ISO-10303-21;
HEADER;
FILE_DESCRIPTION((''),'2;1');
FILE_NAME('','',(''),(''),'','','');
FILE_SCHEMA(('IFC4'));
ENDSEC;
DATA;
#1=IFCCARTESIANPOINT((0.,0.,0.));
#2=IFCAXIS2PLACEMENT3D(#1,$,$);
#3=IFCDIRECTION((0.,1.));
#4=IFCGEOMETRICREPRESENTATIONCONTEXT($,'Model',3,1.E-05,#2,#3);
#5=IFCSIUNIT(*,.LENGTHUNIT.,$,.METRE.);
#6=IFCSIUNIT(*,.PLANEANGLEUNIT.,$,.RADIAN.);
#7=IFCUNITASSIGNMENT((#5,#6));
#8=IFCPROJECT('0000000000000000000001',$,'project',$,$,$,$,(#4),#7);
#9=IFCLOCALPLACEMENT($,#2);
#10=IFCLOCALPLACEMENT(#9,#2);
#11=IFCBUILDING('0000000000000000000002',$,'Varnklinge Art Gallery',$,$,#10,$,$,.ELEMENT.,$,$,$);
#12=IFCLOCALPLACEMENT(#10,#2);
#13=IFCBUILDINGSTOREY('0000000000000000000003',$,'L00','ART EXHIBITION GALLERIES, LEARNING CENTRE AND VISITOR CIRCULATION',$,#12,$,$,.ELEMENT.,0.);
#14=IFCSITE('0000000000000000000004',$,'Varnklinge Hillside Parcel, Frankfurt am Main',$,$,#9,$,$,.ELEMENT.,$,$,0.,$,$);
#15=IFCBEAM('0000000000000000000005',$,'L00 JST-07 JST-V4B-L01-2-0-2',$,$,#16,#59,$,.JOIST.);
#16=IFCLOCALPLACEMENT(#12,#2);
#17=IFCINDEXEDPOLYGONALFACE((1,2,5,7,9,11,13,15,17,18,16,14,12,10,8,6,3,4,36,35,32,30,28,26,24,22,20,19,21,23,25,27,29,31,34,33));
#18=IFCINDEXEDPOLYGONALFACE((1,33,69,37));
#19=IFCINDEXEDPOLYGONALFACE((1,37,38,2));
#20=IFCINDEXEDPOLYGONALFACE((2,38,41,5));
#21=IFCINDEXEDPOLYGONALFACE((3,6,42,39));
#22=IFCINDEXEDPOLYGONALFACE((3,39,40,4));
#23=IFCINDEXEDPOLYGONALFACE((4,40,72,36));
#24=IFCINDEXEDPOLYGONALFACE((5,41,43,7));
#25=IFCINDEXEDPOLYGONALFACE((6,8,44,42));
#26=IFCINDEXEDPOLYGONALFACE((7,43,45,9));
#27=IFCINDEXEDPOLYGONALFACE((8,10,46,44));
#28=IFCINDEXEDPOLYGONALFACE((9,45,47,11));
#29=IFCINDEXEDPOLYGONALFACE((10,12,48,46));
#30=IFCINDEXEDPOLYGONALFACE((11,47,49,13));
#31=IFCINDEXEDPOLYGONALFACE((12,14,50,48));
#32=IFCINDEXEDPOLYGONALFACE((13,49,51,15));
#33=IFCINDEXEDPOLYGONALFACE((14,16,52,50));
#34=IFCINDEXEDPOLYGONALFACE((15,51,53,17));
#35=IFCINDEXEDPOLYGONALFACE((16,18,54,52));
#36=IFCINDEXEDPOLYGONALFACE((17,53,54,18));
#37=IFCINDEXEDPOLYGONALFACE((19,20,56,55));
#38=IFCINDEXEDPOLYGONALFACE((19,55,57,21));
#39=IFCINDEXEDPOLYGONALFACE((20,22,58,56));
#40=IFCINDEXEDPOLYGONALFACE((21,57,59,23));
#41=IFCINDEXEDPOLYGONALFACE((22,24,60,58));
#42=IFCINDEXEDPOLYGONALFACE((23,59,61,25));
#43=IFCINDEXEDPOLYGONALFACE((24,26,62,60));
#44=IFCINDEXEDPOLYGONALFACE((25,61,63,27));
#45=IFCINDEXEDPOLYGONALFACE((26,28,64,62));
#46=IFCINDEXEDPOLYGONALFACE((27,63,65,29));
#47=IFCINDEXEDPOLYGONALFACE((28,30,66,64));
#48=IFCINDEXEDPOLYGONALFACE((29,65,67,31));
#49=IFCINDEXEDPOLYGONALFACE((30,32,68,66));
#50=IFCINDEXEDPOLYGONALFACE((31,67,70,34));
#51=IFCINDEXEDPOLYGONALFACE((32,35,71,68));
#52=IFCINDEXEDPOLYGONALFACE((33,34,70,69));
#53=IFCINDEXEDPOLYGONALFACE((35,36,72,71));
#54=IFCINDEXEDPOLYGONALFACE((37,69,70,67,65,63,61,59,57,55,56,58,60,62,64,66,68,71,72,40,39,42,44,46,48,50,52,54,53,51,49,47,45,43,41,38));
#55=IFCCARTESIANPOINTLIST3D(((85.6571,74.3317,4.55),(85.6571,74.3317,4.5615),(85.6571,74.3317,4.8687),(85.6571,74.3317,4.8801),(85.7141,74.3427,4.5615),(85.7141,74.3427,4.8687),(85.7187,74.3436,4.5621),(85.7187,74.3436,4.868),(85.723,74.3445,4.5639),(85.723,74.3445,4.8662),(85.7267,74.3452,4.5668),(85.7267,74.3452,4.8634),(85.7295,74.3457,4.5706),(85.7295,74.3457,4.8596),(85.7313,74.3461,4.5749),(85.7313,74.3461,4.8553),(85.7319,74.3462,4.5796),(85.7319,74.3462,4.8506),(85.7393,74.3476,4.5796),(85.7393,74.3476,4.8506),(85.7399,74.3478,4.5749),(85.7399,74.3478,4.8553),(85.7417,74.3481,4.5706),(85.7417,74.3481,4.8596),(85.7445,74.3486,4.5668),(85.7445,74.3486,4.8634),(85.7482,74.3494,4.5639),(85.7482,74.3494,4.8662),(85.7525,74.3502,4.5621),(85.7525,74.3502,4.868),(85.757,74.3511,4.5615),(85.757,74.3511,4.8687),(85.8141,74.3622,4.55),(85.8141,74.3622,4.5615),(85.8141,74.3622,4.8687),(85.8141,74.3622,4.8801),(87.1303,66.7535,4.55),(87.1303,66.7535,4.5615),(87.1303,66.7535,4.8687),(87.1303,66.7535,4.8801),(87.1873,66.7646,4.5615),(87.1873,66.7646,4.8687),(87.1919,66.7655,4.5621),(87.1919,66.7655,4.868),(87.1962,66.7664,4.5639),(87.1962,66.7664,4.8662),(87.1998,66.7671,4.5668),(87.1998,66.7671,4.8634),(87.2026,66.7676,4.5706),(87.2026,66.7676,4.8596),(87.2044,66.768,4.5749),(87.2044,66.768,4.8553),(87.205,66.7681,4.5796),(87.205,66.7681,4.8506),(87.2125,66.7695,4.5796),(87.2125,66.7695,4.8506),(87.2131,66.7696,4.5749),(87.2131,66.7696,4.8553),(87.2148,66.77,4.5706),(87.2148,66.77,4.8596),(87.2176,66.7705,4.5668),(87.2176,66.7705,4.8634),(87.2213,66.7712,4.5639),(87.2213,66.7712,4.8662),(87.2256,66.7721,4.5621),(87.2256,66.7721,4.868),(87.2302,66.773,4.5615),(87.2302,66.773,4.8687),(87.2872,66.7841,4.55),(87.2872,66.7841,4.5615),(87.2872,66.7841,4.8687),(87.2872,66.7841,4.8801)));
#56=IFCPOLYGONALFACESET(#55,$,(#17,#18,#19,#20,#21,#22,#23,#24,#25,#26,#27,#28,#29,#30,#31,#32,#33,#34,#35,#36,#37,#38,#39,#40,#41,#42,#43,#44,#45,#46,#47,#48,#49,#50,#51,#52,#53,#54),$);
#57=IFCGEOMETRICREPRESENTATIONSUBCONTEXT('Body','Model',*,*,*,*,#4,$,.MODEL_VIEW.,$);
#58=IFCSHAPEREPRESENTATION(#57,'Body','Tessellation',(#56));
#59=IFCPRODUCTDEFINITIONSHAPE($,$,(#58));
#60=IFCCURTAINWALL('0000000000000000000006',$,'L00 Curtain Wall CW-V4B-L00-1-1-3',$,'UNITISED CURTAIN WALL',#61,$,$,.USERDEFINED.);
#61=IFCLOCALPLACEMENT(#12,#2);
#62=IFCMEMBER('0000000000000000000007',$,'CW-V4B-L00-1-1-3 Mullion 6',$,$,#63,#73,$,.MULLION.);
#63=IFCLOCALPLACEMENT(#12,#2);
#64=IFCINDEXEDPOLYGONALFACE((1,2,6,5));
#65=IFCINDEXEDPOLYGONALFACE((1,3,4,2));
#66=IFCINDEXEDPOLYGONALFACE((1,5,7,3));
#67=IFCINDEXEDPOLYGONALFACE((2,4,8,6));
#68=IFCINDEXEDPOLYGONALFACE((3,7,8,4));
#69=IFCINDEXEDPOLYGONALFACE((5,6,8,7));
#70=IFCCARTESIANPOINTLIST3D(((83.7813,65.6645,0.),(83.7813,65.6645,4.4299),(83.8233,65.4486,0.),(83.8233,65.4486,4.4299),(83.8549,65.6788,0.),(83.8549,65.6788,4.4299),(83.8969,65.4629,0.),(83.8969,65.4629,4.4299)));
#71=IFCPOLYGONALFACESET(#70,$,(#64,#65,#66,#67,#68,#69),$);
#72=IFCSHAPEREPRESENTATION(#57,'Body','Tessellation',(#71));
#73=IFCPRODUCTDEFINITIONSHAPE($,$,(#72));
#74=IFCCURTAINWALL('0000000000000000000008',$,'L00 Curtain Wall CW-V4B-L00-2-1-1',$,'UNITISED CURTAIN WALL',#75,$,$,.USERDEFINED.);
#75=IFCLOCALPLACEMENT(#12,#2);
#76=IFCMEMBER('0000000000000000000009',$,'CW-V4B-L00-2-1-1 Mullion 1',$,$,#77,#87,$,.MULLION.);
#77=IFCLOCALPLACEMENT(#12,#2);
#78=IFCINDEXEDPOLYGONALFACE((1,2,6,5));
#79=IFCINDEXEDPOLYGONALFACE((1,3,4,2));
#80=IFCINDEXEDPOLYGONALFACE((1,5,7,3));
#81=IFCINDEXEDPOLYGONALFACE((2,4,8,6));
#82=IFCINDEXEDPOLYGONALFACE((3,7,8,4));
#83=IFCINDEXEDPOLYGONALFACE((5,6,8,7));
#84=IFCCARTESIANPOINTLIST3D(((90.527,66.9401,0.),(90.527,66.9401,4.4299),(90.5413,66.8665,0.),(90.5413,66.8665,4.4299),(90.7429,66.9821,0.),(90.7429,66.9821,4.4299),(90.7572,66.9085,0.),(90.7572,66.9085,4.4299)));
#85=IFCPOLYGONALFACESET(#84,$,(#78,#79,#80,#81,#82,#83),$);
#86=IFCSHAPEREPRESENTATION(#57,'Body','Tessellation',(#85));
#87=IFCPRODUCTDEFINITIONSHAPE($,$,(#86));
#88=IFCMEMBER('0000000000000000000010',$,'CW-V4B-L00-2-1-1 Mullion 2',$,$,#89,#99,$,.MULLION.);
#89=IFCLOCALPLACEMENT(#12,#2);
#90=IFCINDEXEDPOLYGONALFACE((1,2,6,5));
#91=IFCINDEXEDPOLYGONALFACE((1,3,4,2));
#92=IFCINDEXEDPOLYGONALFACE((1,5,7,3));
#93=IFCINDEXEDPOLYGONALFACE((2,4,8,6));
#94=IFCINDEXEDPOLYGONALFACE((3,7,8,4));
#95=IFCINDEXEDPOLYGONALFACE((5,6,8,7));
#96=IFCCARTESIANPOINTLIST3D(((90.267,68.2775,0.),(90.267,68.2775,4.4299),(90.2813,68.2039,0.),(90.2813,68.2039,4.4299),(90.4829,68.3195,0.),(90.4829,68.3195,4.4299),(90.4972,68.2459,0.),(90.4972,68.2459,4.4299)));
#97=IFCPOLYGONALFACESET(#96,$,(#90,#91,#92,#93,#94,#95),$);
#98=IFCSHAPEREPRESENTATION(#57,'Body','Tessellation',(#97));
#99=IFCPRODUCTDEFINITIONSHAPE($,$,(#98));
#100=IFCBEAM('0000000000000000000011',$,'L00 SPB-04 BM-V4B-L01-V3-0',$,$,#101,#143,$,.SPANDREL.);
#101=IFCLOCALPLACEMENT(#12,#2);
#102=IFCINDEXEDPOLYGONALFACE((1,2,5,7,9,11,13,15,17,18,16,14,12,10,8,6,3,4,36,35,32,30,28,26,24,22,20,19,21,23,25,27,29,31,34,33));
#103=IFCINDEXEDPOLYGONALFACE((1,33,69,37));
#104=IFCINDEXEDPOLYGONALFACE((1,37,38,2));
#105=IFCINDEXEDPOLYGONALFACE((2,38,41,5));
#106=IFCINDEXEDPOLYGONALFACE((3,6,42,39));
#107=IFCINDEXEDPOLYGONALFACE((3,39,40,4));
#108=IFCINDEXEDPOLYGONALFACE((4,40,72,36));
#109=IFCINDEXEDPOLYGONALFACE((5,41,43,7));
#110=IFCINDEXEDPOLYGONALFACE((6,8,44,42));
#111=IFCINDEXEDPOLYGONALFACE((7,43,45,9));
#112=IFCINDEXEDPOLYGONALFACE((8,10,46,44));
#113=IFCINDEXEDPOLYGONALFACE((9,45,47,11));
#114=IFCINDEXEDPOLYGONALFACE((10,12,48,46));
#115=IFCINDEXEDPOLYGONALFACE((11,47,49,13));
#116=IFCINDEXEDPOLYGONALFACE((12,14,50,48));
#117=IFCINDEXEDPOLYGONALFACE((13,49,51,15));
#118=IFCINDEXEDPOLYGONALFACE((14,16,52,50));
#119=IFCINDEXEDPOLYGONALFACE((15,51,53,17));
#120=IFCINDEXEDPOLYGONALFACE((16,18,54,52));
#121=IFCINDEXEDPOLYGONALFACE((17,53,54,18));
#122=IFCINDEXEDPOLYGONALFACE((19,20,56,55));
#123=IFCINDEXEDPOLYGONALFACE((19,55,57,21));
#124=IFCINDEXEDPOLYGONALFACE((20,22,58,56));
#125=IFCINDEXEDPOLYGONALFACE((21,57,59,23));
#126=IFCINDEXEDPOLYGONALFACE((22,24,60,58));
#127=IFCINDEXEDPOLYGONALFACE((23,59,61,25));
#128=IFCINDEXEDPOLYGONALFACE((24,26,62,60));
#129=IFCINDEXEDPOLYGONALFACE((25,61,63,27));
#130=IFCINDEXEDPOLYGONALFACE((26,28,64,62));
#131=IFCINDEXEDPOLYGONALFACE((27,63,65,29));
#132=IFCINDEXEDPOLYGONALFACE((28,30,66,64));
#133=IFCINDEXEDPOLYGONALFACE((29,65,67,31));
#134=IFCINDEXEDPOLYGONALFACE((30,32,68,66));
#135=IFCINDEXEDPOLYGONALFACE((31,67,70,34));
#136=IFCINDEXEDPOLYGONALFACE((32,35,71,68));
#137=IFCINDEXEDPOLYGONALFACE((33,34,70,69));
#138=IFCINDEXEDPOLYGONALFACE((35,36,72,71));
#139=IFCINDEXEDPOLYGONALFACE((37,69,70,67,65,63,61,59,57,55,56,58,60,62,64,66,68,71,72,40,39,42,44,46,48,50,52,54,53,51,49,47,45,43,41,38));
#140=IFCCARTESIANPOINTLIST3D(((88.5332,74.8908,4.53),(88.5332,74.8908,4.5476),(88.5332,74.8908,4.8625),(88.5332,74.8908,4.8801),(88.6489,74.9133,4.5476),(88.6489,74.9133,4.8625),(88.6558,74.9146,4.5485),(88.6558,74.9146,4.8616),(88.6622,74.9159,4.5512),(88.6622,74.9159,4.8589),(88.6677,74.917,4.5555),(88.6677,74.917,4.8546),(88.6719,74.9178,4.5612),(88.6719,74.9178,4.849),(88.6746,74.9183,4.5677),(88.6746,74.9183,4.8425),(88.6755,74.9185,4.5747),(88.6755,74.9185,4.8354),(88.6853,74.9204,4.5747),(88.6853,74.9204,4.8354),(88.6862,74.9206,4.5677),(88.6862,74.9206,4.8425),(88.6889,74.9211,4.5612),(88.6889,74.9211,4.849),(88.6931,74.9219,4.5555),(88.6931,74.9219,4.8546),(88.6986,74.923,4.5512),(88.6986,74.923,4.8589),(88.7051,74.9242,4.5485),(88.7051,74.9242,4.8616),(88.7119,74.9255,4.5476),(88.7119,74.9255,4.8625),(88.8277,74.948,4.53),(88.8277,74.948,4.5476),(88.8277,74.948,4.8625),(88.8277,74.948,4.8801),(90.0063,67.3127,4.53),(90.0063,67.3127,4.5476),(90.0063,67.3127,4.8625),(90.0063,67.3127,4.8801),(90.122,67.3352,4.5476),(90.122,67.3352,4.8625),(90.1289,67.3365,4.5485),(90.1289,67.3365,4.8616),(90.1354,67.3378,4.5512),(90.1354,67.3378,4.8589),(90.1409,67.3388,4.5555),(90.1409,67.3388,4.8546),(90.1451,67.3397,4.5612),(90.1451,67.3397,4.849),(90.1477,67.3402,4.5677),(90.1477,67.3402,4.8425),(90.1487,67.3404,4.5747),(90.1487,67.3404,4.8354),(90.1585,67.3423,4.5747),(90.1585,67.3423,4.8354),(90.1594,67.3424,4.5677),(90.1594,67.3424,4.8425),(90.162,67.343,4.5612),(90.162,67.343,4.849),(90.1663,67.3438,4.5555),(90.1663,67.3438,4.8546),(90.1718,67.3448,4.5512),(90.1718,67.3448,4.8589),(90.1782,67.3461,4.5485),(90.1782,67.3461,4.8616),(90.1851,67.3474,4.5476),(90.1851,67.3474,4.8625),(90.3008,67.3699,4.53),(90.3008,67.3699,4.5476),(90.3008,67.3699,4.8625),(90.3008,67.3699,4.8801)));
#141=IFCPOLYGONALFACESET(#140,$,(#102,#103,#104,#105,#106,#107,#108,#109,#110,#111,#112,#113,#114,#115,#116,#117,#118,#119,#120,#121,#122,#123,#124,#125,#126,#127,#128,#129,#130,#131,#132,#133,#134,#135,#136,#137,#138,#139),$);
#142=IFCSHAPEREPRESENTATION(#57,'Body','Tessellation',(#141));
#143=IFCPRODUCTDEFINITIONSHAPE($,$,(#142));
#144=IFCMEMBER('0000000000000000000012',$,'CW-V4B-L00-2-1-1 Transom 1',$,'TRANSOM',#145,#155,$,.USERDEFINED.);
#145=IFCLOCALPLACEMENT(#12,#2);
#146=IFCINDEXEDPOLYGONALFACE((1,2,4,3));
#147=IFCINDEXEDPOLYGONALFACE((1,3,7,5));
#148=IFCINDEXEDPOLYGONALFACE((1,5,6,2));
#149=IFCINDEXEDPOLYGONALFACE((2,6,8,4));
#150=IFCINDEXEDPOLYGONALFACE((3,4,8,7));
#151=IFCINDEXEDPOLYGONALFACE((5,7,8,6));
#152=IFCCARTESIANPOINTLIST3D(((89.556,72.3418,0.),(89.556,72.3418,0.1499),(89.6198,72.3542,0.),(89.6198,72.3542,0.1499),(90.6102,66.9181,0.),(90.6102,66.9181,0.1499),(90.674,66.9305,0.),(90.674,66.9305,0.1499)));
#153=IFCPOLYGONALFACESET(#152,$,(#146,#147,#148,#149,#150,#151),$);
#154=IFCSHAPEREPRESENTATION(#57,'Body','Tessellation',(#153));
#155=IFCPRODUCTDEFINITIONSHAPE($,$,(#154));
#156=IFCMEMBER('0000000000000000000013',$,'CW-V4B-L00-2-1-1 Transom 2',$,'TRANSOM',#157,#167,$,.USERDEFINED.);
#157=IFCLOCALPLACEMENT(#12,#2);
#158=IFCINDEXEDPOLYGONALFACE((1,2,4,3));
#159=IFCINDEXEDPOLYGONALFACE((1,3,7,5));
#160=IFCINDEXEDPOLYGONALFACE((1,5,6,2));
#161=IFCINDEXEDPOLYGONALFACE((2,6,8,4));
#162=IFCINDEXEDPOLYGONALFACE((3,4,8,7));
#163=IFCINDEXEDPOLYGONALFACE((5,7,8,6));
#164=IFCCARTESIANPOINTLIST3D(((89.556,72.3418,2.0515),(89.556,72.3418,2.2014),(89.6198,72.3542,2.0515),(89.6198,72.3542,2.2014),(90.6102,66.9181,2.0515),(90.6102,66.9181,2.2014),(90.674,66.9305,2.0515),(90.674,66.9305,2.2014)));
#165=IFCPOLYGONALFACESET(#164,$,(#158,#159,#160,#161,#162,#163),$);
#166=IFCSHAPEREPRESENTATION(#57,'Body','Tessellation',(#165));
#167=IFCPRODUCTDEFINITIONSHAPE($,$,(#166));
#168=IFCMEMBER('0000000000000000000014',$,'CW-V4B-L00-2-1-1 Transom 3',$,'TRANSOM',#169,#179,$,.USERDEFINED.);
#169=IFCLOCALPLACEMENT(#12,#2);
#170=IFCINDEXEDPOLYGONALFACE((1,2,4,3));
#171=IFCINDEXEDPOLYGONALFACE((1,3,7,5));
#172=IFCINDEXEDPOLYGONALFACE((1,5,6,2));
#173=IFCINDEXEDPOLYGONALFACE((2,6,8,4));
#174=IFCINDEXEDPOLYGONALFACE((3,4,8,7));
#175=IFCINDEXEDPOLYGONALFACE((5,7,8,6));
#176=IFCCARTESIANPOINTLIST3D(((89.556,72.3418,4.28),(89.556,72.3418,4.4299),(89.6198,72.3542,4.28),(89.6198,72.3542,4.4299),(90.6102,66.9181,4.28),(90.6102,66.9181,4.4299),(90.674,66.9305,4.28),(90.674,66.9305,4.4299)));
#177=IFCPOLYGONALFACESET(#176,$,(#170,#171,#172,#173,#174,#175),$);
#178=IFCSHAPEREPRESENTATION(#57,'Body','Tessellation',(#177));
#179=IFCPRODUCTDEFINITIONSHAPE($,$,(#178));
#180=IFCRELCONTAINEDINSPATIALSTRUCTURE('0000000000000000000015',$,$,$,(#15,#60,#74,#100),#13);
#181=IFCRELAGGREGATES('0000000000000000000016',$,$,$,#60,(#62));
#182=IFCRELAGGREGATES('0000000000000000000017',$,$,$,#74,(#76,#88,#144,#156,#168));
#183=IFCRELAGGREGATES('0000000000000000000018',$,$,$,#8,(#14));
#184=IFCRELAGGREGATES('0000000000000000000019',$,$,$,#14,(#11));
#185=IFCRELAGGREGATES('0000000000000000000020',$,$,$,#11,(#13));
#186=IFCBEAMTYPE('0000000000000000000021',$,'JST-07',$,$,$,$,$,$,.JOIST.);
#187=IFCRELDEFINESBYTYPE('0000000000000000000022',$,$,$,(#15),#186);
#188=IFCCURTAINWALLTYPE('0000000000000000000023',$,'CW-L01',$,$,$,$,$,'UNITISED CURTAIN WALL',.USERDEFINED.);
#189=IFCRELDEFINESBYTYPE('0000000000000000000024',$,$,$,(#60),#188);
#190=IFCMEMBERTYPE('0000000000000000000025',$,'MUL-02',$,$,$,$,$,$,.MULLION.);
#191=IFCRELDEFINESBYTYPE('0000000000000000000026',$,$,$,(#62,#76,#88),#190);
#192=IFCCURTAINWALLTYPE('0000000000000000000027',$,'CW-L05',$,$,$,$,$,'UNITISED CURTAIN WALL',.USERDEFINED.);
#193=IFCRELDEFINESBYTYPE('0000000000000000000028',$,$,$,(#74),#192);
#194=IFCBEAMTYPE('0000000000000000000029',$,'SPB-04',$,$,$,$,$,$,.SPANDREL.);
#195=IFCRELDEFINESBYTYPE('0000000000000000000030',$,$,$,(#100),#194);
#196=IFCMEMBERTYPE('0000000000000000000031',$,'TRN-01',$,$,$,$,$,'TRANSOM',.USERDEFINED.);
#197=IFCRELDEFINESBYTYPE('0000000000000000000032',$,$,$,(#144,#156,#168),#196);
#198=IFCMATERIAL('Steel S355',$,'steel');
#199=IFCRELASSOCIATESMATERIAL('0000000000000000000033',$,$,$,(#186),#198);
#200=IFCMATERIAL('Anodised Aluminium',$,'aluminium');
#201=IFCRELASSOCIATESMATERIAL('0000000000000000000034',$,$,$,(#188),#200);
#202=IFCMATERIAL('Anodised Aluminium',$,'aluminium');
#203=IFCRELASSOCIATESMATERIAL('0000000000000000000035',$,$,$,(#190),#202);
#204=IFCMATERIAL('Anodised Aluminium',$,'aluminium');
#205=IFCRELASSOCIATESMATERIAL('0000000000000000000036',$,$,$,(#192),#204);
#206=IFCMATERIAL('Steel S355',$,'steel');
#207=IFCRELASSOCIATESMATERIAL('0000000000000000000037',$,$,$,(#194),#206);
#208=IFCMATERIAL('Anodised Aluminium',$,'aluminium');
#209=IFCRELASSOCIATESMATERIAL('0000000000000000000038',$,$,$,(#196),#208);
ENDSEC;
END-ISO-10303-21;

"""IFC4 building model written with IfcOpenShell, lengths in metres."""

from ifc_helpers import new_model, si_unit, direction, frame, origin, origin_2d, place, context, subcontext, project, spatial, rectangle, i_section, extrude, material, material_profile, profile_set, type_object, element, aggregate, save


model = new_model("IFC4")

# Units and contexts
model_context = context("Model", 3, precision=1e-05, world=origin(), true_north=direction((0.0, 1.0)))
body_context = subcontext(model_context, "Body", "Model", "MODEL_VIEW")
ifc_project = project(units=[si_unit("LENGTHUNIT", "METRE"), si_unit("PLANEANGLEUNIT", "RADIAN")], contexts=[model_context])

# Site, building, storey
site_placement = place(None, origin())
site = spatial("IfcSite", under=ifc_project, at=site_placement, Name="Varnklinge Hillside Parcel, Frankfurt am Main", CompositionType="ELEMENT", RefElevation=0.0)
building_placement = place(site_placement, origin())
building = spatial("IfcBuilding", under=site, at=building_placement, Name="Varnklinge Art Gallery", CompositionType="ELEMENT")
storey_placement = place(building_placement, origin())
storey = spatial("IfcBuildingStorey", under=building, at=storey_placement, Name="L00", Description="ART EXHIBITION GALLERIES, LEARNING CENTRE AND VISITOR CIRCULATION", CompositionType="ELEMENT", Elevation=0.0)

# Beam
ifc_material_1 = material(Name="Steel S355", Category="steel")
ifc_material_profile_1 = material_profile(ifc_material_1, i_section(OverallWidth=0.1599, OverallDepth=0.3301, WebThickness=0.0076, FlangeThickness=0.0115, FilletRadius=0.0181, at=origin_2d()), Name="IPE 330")
ifc_profile_set_1 = profile_set([ifc_material_profile_1], Name="Steel S355")
beam_type_1 = type_object("IfcBeamType", Name="JST-07", PredefinedType="JOIST", material=ifc_profile_set_1)
beam_1_placement = place(storey_placement, frame((87.2087, 66.7688, 4.7151), z_axis=(-0.190822, 0.981625, 0.0), x_axis=(-0.981625, -0.190822, 0.0)))
element("IfcBeam", 1, at=beam_1_placement, inside=storey, type_object=beam_type_1, Name="L00 JST-07 JST-V4B-L01-2-0-2", PredefinedType="JOIST", context=body_context, shape_type="SweptSolid", body=[
    extrude(i_section(OverallWidth=0.1599, OverallDepth=0.3301, WebThickness=0.0076, FlangeThickness=0.0115, FilletRadius=0.0181, at=origin_2d()), origin(), (0.0, 0.0, 1.0), 7.72),
])

# Curtain wall, member
ifc_material_2 = material(Name="Anodised Aluminium", Category="aluminium")
curtain_wall_type_1 = type_object("IfcCurtainWallType", Name="CW-L01", ElementType="UNITISED CURTAIN WALL", PredefinedType="USERDEFINED", material=ifc_material_2)
curtain_wall_1_placement = place(storey_placement, origin())
curtain_wall_1 = element("IfcCurtainWall", 2, at=curtain_wall_1_placement, inside=storey, type_object=curtain_wall_type_1, Name="L00 Curtain Wall CW-V4B-L00-1-1-3", ObjectType="UNITISED CURTAIN WALL", PredefinedType="USERDEFINED")
ifc_material_3 = material(Name="Anodised Aluminium", Category="aluminium")
ifc_material_profile_2 = material_profile(ifc_material_3, rectangle(XDim=0.075, YDim=0.22, at=origin_2d()), Name="ALU 75x220")
ifc_profile_set_2 = profile_set([ifc_material_profile_2], Name="Anodised Aluminium")
member_type_1 = type_object("IfcMemberType", Name="MUL-02", PredefinedType="MULLION", material=ifc_profile_set_2)
member_1_placement = place(storey_placement, frame((83.8391, 65.5637, 0.0), z_axis=(0.0, 0.0, 1.0), x_axis=(0.981627, 0.190809, 0.0)))
member_1 = element("IfcMember", 3, at=member_1_placement, type_object=member_type_1, Name="CW-V4B-L00-1-1-3 Mullion 6", PredefinedType="MULLION", context=body_context, shape_type="SweptSolid", body=[
    extrude(rectangle(XDim=0.075, YDim=0.22, at=origin_2d()), origin(), (0.0, 0.0, 1.0), 4.4299),
])
aggregate(curtain_wall_1, [member_1])

# Curtain wall, members
ifc_material_4 = material(Name="Anodised Aluminium", Category="aluminium")
curtain_wall_type_2 = type_object("IfcCurtainWallType", Name="CW-L05", ElementType="UNITISED CURTAIN WALL", PredefinedType="USERDEFINED", material=ifc_material_4)
curtain_wall_2_placement = place(storey_placement, origin())
curtain_wall_2 = element("IfcCurtainWall", 4, at=curtain_wall_2_placement, inside=storey, type_object=curtain_wall_type_2, Name="L00 Curtain Wall CW-V4B-L00-2-1-1", ObjectType="UNITISED CURTAIN WALL", PredefinedType="USERDEFINED")
member_2_placement = place(storey_placement, frame((90.6421, 66.9243, 0.0), z_axis=(0.0, 0.0, 1.0), x_axis=(-0.190809, 0.981627, 0.0)))
member_2 = element("IfcMember", 5, at=member_2_placement, type_object=member_type_1, Name="CW-V4B-L00-2-1-1 Mullion 1", PredefinedType="MULLION", context=body_context, shape_type="SweptSolid", body=[
    extrude(rectangle(XDim=0.075, YDim=0.22, at=origin_2d()), origin(), (0.0, 0.0, 1.0), 4.4299),
])
member_3_placement = place(storey_placement, frame((90.3821, 68.2617, 0.0), z_axis=(0.0, 0.0, 1.0), x_axis=(-0.190809, 0.981627, 0.0)))
member_3 = element("IfcMember", 6, at=member_3_placement, type_object=member_type_1, Name="CW-V4B-L00-2-1-1 Mullion 2", PredefinedType="MULLION", context=body_context, shape_type="SweptSolid", body=[
    extrude(rectangle(XDim=0.075, YDim=0.22, at=origin_2d()), origin(), (0.0, 0.0, 1.0), 4.4299),
])

# Beam
ifc_material_5 = material(Name="Steel S355", Category="steel")
ifc_material_profile_3 = material_profile(ifc_material_5, i_section(OverallWidth=0.3, OverallDepth=0.3501, WebThickness=0.01, FlangeThickness=0.0176, FilletRadius=0.0271, at=origin_2d()), Name="HEA 360")
ifc_profile_set_3 = profile_set([ifc_material_profile_3], Name="Steel S355")
beam_type_2 = type_object("IfcBeamType", Name="SPB-04", PredefinedType="SPANDREL", material=ifc_profile_set_3)
beam_2_placement = place(storey_placement, frame((90.1536, 67.3413, 4.7051), z_axis=(-0.190822, 0.981625, 0.0), x_axis=(-0.981625, -0.190822, 0.0)))
element("IfcBeam", 7, at=beam_2_placement, inside=storey, type_object=beam_type_2, Name="L00 SPB-04 BM-V4B-L01-V3-0", PredefinedType="SPANDREL", context=body_context, shape_type="SweptSolid", body=[
    extrude(i_section(OverallWidth=0.3, OverallDepth=0.3501, WebThickness=0.01, FlangeThickness=0.0176, FilletRadius=0.0271, at=origin_2d()), origin(), (0.0, 0.0, 1.0), 7.72),
])

# Members
ifc_material_6 = material(Name="Anodised Aluminium", Category="aluminium")
ifc_material_profile_4 = material_profile(ifc_material_6, rectangle(XDim=0.0649, YDim=0.1499, at=origin_2d()), Name="ALU 65x150")
ifc_profile_set_4 = profile_set([ifc_material_profile_4], Name="Anodised Aluminium")
member_type_2 = type_object("IfcMemberType", Name="TRN-01", ElementType="TRANSOM", PredefinedType="USERDEFINED", material=ifc_profile_set_4)
member_4_placement = place(storey_placement, frame((90.6421, 66.9243, 0.075), z_axis=(-0.190802, 0.981628, 0.0), x_axis=(-0.981628, -0.190802, 0.0)))
member_4 = element("IfcMember", 8, at=member_4_placement, type_object=member_type_2, Name="CW-V4B-L00-2-1-1 Transom 1", ObjectType="TRANSOM", PredefinedType="USERDEFINED", context=body_context, shape_type="SweptSolid", body=[
    extrude(rectangle(XDim=0.0649, YDim=0.1499, at=origin_2d()), origin(), (0.0, 0.0, 1.0), 5.5251),
])
member_5_placement = place(storey_placement, frame((90.6421, 66.9243, 2.1265), z_axis=(-0.190802, 0.981628, 0.0), x_axis=(-0.981628, -0.190802, 0.0)))
member_5 = element("IfcMember", 9, at=member_5_placement, type_object=member_type_2, Name="CW-V4B-L00-2-1-1 Transom 2", ObjectType="TRANSOM", PredefinedType="USERDEFINED", context=body_context, shape_type="SweptSolid", body=[
    extrude(rectangle(XDim=0.0649, YDim=0.1499, at=origin_2d()), origin(), (0.0, 0.0, 1.0), 5.5251),
])
member_6_placement = place(storey_placement, frame((90.6421, 66.9243, 4.355), z_axis=(-0.190802, 0.981628, 0.0), x_axis=(-0.981628, -0.190802, 0.0)))
member_6 = element("IfcMember", 10, at=member_6_placement, type_object=member_type_2, Name="CW-V4B-L00-2-1-1 Transom 3", ObjectType="TRANSOM", PredefinedType="USERDEFINED", context=body_context, shape_type="SweptSolid", body=[
    extrude(rectangle(XDim=0.0649, YDim=0.1499, at=origin_2d()), origin(), (0.0, 0.0, 1.0), 5.5251),
])

aggregate(curtain_wall_2, [member_2, member_3, member_4, member_5, member_6])

save(model, "model.ifc")
